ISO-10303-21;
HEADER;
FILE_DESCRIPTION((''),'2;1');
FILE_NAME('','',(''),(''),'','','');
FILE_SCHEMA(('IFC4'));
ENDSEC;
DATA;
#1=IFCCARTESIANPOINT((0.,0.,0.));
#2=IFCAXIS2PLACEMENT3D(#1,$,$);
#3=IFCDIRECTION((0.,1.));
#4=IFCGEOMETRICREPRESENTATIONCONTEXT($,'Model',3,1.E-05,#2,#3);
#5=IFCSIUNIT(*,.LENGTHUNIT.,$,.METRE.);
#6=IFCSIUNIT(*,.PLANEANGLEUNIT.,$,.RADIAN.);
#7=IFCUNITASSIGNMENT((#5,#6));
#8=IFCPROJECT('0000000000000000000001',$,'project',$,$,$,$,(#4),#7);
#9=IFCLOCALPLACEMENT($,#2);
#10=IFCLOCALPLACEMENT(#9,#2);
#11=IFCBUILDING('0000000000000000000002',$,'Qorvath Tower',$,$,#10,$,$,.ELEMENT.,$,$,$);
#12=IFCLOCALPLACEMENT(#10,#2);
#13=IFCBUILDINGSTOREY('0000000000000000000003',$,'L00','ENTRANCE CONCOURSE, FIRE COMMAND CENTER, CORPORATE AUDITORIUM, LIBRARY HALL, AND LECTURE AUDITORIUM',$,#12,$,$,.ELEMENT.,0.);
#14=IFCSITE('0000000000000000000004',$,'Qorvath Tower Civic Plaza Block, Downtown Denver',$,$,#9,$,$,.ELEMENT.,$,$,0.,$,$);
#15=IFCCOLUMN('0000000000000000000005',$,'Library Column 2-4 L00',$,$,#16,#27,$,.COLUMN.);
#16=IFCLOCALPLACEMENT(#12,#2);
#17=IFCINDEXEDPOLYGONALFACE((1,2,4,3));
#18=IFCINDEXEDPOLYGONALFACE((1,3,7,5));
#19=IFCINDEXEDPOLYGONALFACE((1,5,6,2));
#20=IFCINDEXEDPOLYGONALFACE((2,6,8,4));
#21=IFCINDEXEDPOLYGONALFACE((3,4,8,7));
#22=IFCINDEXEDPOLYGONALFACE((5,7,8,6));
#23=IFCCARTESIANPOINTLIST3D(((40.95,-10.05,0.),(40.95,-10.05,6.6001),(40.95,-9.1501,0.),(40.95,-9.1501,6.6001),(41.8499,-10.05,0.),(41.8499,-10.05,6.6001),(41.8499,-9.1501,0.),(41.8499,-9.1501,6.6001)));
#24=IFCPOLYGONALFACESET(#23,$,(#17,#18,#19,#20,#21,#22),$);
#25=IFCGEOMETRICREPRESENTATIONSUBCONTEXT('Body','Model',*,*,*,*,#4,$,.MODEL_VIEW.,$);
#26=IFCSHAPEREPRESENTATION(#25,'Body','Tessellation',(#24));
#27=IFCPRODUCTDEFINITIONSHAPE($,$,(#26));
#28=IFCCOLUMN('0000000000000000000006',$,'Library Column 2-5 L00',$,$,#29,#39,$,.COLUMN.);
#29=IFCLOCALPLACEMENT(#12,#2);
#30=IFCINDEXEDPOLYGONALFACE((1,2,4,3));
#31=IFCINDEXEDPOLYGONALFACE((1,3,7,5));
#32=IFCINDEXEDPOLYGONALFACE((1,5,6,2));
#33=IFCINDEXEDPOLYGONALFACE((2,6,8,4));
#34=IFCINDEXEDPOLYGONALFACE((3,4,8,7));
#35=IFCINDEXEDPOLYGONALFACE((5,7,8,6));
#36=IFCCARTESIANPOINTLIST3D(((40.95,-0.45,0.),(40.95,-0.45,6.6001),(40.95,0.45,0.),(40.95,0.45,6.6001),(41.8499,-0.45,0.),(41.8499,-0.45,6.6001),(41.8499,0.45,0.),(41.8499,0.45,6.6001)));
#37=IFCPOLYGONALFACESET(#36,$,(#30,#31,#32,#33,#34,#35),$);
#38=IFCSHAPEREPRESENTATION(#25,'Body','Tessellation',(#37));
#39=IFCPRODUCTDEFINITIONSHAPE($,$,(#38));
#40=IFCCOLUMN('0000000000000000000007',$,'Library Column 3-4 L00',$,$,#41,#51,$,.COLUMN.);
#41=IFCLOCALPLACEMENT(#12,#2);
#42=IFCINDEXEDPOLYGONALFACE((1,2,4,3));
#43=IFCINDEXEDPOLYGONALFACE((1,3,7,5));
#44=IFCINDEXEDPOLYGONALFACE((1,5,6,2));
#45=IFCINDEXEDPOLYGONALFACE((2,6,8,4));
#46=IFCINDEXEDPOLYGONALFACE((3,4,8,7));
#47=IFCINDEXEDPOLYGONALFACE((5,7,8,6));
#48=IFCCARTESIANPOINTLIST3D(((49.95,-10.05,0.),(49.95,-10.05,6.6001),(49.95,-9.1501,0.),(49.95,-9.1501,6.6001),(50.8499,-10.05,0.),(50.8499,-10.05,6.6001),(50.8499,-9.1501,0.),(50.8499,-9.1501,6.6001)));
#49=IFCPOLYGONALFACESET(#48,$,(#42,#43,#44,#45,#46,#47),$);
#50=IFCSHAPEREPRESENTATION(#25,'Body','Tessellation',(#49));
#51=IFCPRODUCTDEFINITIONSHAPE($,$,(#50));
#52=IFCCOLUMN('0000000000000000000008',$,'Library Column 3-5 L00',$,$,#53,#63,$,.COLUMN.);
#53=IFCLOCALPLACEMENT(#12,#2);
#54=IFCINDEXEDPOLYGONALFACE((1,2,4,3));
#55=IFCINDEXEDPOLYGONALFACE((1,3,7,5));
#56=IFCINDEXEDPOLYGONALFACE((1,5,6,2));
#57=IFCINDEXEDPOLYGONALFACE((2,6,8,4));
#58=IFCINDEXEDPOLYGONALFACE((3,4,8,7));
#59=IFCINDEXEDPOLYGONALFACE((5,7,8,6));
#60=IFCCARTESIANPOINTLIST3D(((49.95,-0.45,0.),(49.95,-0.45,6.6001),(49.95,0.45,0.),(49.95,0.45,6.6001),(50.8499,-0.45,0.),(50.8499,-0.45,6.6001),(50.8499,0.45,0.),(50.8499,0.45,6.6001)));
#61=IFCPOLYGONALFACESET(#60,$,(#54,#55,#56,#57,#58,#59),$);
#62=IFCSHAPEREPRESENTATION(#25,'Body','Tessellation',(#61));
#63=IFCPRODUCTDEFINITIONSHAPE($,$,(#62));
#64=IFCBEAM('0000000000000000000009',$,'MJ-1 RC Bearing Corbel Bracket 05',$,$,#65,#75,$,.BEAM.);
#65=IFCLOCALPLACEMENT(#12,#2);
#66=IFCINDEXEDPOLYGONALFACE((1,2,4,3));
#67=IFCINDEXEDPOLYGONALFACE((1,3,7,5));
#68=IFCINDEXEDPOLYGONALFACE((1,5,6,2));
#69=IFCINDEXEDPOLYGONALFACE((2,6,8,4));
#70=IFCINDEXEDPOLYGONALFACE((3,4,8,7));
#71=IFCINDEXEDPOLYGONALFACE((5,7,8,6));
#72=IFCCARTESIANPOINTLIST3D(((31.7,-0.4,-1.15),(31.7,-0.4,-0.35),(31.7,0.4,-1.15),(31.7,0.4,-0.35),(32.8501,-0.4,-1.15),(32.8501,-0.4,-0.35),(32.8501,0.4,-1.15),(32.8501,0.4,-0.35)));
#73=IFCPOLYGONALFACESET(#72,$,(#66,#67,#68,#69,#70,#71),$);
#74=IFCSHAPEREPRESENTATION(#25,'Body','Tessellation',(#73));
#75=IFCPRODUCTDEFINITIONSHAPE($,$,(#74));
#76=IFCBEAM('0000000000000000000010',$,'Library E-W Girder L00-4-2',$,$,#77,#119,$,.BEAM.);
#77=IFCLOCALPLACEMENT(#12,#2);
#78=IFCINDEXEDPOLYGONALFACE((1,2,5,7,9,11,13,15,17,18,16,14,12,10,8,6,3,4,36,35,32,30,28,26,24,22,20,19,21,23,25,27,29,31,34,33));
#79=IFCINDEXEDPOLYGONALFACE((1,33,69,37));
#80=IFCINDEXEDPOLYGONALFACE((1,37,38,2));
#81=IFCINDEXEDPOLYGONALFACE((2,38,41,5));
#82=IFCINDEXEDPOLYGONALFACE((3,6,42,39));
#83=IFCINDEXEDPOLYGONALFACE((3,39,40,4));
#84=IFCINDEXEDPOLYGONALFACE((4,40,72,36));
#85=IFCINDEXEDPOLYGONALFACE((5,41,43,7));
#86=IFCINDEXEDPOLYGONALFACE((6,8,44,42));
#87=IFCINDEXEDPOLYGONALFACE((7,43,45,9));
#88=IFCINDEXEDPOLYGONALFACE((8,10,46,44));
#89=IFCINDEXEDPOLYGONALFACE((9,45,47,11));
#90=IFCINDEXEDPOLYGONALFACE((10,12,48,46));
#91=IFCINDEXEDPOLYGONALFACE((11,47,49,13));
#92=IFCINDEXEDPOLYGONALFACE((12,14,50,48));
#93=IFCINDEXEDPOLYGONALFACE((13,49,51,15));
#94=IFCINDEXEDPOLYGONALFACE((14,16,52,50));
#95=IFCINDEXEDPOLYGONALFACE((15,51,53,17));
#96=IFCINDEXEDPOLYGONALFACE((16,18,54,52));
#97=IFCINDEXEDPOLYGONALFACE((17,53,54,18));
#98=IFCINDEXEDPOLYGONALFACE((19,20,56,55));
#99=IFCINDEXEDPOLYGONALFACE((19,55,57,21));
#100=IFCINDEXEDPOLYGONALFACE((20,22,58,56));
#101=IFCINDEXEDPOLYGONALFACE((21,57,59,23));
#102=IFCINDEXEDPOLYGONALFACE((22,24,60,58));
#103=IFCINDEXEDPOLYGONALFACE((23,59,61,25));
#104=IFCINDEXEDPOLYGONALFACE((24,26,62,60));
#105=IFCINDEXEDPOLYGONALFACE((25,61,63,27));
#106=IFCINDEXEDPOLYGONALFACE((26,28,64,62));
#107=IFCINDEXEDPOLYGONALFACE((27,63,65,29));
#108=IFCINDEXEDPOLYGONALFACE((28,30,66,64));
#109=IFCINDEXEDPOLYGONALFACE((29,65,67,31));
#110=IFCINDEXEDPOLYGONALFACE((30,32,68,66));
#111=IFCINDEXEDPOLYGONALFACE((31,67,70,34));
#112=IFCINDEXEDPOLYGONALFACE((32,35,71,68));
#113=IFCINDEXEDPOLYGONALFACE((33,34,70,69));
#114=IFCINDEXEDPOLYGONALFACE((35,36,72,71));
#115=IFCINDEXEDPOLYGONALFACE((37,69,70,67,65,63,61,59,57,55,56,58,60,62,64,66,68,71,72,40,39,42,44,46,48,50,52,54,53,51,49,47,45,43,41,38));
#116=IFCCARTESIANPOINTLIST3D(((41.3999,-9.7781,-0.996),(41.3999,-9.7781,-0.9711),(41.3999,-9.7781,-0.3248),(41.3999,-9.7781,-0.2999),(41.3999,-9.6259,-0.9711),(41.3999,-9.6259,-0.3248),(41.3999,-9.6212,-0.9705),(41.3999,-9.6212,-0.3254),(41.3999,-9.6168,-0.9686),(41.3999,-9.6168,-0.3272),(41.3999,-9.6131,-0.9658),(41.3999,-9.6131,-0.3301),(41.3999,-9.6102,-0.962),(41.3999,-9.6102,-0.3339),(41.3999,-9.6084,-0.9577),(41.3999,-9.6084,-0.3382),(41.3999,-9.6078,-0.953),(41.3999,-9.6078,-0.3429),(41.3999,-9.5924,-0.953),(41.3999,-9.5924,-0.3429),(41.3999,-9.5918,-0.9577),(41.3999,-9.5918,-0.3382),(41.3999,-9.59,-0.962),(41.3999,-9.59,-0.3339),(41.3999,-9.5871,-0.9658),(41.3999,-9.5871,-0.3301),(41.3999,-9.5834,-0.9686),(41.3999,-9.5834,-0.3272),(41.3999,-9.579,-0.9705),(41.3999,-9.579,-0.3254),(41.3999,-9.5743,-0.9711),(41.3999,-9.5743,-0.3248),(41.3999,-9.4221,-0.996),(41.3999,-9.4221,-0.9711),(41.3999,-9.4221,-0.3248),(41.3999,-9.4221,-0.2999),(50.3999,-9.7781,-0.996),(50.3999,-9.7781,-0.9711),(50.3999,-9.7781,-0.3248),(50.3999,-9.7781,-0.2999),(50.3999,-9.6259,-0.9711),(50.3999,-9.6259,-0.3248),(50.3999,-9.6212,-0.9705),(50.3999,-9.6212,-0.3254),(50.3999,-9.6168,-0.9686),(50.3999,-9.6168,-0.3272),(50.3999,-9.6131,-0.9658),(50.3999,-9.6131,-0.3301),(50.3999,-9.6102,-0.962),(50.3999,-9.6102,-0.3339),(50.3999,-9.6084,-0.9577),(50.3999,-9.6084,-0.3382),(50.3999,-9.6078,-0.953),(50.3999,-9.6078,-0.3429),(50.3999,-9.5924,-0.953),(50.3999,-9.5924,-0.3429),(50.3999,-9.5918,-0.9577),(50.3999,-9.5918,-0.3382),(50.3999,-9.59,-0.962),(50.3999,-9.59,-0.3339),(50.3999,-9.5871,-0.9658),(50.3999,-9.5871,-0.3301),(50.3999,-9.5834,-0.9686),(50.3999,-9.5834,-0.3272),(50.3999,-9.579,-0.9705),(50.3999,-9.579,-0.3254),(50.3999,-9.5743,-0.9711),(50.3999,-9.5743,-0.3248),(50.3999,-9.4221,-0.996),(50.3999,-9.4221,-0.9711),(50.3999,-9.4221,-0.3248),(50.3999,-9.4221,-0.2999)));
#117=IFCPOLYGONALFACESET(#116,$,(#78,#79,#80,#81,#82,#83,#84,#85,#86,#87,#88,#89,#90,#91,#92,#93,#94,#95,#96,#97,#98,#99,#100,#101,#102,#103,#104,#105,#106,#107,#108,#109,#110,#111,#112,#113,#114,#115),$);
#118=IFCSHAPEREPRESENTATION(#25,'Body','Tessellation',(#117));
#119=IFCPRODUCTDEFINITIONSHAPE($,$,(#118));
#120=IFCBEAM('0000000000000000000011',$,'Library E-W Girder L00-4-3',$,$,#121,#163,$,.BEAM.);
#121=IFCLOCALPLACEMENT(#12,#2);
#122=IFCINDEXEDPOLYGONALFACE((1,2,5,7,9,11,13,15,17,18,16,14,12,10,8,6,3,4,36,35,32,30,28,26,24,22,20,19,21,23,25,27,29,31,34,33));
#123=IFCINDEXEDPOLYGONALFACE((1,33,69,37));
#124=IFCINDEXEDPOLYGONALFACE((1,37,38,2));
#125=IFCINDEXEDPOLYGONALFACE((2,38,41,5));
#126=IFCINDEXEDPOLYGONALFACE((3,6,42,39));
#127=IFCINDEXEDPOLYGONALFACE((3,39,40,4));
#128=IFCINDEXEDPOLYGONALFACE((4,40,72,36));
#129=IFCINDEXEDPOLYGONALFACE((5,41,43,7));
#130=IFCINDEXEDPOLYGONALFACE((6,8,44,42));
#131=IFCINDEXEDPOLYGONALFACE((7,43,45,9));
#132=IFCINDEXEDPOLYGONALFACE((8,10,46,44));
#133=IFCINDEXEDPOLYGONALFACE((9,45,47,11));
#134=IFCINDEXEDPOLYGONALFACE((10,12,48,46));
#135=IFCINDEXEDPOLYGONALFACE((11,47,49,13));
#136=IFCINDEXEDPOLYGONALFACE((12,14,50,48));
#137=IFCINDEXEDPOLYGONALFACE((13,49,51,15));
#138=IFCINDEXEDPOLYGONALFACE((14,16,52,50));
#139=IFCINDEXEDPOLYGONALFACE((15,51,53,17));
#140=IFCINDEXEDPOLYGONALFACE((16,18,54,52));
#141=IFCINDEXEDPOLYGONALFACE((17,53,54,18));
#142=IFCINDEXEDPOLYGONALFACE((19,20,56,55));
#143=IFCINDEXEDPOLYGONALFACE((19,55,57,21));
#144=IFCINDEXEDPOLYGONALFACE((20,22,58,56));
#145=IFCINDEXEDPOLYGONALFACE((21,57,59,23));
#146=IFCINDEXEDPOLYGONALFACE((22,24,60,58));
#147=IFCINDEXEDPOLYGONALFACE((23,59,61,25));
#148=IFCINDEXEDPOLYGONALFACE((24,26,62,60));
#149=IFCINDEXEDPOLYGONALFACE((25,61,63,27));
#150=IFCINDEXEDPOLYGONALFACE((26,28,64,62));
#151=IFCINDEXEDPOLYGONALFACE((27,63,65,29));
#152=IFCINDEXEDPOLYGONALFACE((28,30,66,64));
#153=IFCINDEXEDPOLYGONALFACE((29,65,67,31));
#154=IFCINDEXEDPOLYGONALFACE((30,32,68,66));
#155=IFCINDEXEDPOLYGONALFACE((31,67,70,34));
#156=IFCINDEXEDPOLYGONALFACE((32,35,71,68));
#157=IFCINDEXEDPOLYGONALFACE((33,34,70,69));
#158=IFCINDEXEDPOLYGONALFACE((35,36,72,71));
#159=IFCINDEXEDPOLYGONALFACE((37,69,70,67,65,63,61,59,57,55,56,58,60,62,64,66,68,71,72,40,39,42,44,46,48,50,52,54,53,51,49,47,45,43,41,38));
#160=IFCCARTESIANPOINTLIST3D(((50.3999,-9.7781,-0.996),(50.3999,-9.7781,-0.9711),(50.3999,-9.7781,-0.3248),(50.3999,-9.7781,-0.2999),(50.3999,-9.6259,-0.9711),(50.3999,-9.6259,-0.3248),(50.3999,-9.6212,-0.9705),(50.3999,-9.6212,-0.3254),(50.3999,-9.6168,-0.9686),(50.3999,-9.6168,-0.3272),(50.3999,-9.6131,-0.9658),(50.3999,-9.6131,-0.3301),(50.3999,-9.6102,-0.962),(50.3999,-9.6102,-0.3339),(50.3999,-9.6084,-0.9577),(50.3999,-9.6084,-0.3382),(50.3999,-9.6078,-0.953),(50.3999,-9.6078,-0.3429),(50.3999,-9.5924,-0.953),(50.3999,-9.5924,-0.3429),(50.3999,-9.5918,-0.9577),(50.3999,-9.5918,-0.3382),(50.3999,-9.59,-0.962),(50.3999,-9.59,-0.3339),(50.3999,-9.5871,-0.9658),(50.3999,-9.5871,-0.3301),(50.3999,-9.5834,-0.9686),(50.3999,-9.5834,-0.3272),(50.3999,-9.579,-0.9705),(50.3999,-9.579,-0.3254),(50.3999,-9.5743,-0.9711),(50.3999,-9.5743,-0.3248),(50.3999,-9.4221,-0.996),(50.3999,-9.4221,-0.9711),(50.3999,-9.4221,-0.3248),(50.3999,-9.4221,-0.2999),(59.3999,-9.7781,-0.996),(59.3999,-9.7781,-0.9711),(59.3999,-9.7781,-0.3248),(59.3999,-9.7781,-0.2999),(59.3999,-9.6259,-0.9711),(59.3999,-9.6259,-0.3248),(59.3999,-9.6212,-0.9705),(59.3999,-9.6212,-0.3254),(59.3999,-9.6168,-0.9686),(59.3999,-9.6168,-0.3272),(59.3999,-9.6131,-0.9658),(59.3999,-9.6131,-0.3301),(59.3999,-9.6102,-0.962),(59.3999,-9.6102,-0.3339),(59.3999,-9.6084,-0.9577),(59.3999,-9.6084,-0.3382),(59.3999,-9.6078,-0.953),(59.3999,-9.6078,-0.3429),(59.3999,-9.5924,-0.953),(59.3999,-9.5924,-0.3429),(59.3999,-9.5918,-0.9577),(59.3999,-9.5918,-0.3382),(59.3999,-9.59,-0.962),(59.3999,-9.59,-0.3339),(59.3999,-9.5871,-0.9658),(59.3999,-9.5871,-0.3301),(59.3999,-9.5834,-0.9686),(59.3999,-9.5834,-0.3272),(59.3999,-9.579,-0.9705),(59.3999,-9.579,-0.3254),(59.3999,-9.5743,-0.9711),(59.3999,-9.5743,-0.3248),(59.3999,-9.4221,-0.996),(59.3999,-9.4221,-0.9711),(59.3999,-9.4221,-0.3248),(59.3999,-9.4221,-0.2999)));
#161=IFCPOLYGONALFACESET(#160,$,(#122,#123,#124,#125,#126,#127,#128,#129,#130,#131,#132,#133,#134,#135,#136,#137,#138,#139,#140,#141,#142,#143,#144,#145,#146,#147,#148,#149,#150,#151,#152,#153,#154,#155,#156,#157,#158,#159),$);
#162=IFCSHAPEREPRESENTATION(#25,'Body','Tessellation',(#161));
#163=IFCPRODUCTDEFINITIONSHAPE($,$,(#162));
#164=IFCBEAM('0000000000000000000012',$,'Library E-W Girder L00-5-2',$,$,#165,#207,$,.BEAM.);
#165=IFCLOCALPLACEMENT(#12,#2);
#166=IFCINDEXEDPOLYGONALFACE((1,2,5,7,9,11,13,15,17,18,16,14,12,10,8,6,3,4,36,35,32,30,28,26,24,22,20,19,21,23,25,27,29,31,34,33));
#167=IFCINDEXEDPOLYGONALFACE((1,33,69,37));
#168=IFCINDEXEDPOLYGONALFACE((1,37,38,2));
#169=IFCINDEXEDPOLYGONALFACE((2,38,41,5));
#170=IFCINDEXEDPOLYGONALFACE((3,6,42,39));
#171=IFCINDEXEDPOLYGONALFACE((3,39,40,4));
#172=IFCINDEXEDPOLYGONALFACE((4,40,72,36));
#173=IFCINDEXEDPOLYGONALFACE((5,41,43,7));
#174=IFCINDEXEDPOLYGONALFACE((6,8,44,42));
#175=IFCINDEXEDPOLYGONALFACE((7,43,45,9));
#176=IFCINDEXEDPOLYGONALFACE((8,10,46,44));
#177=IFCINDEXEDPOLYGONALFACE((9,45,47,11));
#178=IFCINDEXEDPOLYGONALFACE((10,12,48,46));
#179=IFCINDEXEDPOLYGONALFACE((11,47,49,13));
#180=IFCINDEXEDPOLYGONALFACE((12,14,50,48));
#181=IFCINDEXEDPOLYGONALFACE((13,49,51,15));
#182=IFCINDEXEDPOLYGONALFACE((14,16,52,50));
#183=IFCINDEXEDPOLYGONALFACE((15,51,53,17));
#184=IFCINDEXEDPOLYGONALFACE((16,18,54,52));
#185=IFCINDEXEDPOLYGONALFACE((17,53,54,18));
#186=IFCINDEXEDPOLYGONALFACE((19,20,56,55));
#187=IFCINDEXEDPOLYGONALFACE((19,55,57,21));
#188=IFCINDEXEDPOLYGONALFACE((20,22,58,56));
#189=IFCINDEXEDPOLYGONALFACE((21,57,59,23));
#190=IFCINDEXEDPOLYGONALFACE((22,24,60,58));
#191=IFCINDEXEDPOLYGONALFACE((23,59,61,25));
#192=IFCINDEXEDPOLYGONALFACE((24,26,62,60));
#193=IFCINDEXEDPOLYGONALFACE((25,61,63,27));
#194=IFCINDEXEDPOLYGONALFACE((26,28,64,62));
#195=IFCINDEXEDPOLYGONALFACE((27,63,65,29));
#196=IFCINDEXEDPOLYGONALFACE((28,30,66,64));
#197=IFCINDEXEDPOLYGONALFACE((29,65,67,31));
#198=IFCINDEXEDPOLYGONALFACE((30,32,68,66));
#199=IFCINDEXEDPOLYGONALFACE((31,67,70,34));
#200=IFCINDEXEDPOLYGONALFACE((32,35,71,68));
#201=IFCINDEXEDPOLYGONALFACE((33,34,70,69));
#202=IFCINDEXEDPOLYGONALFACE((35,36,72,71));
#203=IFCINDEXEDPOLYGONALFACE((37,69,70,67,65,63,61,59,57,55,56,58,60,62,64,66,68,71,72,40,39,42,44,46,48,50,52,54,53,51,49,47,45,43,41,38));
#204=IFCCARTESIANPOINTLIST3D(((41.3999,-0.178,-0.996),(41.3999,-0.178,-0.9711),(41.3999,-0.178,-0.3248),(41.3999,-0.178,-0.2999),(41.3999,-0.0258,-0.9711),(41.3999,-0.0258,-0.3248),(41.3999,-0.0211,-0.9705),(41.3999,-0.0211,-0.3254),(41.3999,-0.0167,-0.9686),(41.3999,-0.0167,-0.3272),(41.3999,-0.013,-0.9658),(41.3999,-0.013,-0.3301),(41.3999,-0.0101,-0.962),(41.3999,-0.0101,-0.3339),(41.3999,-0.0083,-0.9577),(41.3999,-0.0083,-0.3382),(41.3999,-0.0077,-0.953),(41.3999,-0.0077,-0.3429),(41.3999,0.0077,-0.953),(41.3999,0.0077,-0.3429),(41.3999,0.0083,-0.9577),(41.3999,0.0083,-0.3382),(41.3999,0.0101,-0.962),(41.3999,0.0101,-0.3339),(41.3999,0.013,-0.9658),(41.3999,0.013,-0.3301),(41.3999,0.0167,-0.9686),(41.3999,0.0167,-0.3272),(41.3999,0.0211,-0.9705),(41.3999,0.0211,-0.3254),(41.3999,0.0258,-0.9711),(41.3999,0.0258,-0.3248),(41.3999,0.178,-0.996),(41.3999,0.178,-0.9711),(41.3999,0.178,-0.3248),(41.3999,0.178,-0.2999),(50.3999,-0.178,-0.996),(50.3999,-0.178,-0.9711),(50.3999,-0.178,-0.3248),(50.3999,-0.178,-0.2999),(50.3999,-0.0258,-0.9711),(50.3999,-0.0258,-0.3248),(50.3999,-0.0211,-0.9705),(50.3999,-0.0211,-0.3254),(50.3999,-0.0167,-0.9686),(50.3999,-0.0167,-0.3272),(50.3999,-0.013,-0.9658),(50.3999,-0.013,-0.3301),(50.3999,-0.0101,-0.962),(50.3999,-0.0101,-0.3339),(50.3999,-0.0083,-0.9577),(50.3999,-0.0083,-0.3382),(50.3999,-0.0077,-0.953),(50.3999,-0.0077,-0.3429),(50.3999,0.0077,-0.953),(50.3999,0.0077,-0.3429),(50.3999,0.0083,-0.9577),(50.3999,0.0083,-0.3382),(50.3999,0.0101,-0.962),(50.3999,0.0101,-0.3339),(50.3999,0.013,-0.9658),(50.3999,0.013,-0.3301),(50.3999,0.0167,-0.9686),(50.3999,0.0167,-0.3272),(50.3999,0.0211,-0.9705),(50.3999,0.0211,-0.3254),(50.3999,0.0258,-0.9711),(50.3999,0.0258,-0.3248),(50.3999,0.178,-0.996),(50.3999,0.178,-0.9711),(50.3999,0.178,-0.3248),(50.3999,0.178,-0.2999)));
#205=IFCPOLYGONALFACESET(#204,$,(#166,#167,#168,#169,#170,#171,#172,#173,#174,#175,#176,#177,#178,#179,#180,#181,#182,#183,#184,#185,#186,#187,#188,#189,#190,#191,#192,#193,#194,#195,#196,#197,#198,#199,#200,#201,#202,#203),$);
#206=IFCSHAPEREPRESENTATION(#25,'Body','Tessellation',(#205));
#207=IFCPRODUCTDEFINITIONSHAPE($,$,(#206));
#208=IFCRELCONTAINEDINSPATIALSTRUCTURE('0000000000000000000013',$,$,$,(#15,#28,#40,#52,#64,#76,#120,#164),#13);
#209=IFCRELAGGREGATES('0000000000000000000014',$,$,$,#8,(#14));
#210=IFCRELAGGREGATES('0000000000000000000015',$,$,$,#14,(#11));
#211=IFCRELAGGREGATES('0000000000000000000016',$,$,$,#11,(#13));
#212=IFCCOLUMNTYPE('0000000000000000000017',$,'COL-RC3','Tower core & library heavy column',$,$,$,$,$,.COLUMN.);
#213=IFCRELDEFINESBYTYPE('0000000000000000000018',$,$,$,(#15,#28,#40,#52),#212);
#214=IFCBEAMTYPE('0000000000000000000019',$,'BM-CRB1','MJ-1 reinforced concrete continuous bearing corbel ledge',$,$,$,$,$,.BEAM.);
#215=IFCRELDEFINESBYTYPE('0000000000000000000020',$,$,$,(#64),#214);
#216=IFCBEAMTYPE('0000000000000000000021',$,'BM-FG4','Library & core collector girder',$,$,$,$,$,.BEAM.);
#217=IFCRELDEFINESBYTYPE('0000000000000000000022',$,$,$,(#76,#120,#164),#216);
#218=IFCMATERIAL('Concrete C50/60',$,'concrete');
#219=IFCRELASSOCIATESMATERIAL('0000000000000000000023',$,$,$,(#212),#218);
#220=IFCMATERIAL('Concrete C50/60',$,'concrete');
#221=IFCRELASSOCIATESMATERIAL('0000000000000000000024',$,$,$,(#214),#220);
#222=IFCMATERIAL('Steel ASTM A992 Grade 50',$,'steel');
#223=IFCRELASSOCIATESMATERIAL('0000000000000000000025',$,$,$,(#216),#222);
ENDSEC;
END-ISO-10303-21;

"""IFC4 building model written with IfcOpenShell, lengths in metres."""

from ifc_helpers import new_model, si_unit, direction, frame, origin, origin_2d, place, context, subcontext, project, spatial, rectangle, i_section, extrude, material, material_profile, profile_set, type_object, element, save


model = new_model("IFC4")

# Units and contexts
model_context = context("Model", 3, precision=1e-05, world=origin(), true_north=direction((0.0, 1.0)))
body_context = subcontext(model_context, "Body", "Model", "MODEL_VIEW")
ifc_project = project(units=[si_unit("LENGTHUNIT", "METRE"), si_unit("PLANEANGLEUNIT", "RADIAN")], contexts=[model_context])

# Site, building, storey
site_placement = place(None, origin())
site = spatial("IfcSite", under=ifc_project, at=site_placement, Name="Qorvath Tower Civic Plaza Block, Downtown Denver", CompositionType="ELEMENT", RefElevation=0.0)
building_placement = place(site_placement, origin())
building = spatial("IfcBuilding", under=site, at=building_placement, Name="Qorvath Tower", CompositionType="ELEMENT")
storey_placement = place(building_placement, origin())
storey = spatial("IfcBuildingStorey", under=building, at=storey_placement, Name="L00", Description="ENTRANCE CONCOURSE, FIRE COMMAND CENTER, CORPORATE AUDITORIUM, LIBRARY HALL, AND LECTURE AUDITORIUM", CompositionType="ELEMENT", Elevation=0.0)

# Columns
ifc_material_1 = material(Name="Concrete C50/60", Category="concrete")
ifc_material_profile_1 = material_profile(ifc_material_1, rectangle(XDim=0.8999, YDim=0.8999, at=origin_2d()), Name="RC 900x900")
ifc_profile_set_1 = profile_set([ifc_material_profile_1], Name="Concrete C50/60")
column_type = type_object("IfcColumnType", Name="COL-RC3", Description="Tower core & library heavy column", PredefinedType="COLUMN", material=ifc_profile_set_1)
for number, where, z_axis, x_axis, name in (
    (1, (41.3999, -9.6001, 0.0), (0.0, 0.0, 1.0), (1.0, 0.0, 0.0), "Library Column 2-4 L00"),
    (2, (41.3999, 0.0, 0.0), (0.0, 0.0, 1.0), (1.0, 0.0, 0.0), "Library Column 2-5 L00"),
    (3, (50.3999, -9.6001, 0.0), (0.0, 0.0, 1.0), (1.0, 0.0, 0.0), "Library Column 3-4 L00"),
    (4, (50.3999, 0.0, 0.0), (0.0, 0.0, 1.0), (1.0, 0.0, 0.0), "Library Column 3-5 L00"),
):
    element("IfcColumn", number, at=place(storey_placement, frame(where, z_axis=z_axis, x_axis=x_axis)), inside=storey, type_object=column_type, Name=name, PredefinedType="COLUMN", context=body_context, shape_type="SweptSolid", body=[
        extrude(rectangle(XDim=0.8999, YDim=0.8999, at=origin_2d()), origin(), (0.0, 0.0, 1.0), 6.6001),
    ])

# Beams
ifc_material_2 = material(Name="Concrete C50/60", Category="concrete")
ifc_material_profile_2 = material_profile(ifc_material_2, rectangle(XDim=0.8, YDim=0.8, at=origin_2d()), Name="RC 800x800")
ifc_profile_set_2 = profile_set([ifc_material_profile_2], Name="Concrete C50/60")
beam_type_1 = type_object("IfcBeamType", Name="BM-CRB1", Description="MJ-1 reinforced concrete continuous bearing corbel ledge", PredefinedType="BEAM", material=ifc_profile_set_2)
beam_1_placement = place(storey_placement, frame((32.8501, 0.0, -0.75), z_axis=(-1.0, 0.0, 0.0), x_axis=(0.0, -1.0, 0.0)))
element("IfcBeam", 5, at=beam_1_placement, inside=storey, type_object=beam_type_1, Name="MJ-1 RC Bearing Corbel Bracket 05", PredefinedType="BEAM", context=body_context, shape_type="SweptSolid", body=[
    extrude(rectangle(XDim=0.8, YDim=0.8, at=origin_2d()), origin(), (0.0, 0.0, 1.0), 1.1501),
])
ifc_material_3 = material(Name="Steel ASTM A992 Grade 50", Category="steel")
ifc_material_profile_3 = material_profile(ifc_material_3, i_section(OverallWidth=0.356, OverallDepth=0.696, WebThickness=0.0154, FlangeThickness=0.0249, FilletRadius=0.0181, at=origin_2d()), Name="W27x146")
ifc_profile_set_3 = profile_set([ifc_material_profile_3], Name="Steel ASTM A992 Grade 50")
beam_type_2 = type_object("IfcBeamType", Name="BM-FG4", Description="Library & core collector girder", PredefinedType="BEAM", material=ifc_profile_set_3)
for number, where, z_axis, x_axis, name in (
    (6, (41.3999, -9.6001, -0.6479), (1.0, 0.0, 0.0), (0.0, 1.0, 0.0), "Library E-W Girder L00-4-2"),
    (7, (50.3999, -9.6001, -0.6479), (1.0, 0.0, 0.0), (0.0, 1.0, 0.0), "Library E-W Girder L00-4-3"),
    (8, (41.3999, 0.0, -0.6479), (1.0, 0.0, 0.0), (0.0, 1.0, 0.0), "Library E-W Girder L00-5-2"),
):
    element("IfcBeam", number, at=place(storey_placement, frame(where, z_axis=z_axis, x_axis=x_axis)), inside=storey, type_object=beam_type_2, Name=name, PredefinedType="BEAM", context=body_context, shape_type="SweptSolid", body=[
        extrude(i_section(OverallWidth=0.356, OverallDepth=0.696, WebThickness=0.0154, FlangeThickness=0.0249, FilletRadius=0.0181, at=origin_2d()), origin(), (0.0, 0.0, 1.0), 9.0),
    ])

save(model, "model.ifc")
